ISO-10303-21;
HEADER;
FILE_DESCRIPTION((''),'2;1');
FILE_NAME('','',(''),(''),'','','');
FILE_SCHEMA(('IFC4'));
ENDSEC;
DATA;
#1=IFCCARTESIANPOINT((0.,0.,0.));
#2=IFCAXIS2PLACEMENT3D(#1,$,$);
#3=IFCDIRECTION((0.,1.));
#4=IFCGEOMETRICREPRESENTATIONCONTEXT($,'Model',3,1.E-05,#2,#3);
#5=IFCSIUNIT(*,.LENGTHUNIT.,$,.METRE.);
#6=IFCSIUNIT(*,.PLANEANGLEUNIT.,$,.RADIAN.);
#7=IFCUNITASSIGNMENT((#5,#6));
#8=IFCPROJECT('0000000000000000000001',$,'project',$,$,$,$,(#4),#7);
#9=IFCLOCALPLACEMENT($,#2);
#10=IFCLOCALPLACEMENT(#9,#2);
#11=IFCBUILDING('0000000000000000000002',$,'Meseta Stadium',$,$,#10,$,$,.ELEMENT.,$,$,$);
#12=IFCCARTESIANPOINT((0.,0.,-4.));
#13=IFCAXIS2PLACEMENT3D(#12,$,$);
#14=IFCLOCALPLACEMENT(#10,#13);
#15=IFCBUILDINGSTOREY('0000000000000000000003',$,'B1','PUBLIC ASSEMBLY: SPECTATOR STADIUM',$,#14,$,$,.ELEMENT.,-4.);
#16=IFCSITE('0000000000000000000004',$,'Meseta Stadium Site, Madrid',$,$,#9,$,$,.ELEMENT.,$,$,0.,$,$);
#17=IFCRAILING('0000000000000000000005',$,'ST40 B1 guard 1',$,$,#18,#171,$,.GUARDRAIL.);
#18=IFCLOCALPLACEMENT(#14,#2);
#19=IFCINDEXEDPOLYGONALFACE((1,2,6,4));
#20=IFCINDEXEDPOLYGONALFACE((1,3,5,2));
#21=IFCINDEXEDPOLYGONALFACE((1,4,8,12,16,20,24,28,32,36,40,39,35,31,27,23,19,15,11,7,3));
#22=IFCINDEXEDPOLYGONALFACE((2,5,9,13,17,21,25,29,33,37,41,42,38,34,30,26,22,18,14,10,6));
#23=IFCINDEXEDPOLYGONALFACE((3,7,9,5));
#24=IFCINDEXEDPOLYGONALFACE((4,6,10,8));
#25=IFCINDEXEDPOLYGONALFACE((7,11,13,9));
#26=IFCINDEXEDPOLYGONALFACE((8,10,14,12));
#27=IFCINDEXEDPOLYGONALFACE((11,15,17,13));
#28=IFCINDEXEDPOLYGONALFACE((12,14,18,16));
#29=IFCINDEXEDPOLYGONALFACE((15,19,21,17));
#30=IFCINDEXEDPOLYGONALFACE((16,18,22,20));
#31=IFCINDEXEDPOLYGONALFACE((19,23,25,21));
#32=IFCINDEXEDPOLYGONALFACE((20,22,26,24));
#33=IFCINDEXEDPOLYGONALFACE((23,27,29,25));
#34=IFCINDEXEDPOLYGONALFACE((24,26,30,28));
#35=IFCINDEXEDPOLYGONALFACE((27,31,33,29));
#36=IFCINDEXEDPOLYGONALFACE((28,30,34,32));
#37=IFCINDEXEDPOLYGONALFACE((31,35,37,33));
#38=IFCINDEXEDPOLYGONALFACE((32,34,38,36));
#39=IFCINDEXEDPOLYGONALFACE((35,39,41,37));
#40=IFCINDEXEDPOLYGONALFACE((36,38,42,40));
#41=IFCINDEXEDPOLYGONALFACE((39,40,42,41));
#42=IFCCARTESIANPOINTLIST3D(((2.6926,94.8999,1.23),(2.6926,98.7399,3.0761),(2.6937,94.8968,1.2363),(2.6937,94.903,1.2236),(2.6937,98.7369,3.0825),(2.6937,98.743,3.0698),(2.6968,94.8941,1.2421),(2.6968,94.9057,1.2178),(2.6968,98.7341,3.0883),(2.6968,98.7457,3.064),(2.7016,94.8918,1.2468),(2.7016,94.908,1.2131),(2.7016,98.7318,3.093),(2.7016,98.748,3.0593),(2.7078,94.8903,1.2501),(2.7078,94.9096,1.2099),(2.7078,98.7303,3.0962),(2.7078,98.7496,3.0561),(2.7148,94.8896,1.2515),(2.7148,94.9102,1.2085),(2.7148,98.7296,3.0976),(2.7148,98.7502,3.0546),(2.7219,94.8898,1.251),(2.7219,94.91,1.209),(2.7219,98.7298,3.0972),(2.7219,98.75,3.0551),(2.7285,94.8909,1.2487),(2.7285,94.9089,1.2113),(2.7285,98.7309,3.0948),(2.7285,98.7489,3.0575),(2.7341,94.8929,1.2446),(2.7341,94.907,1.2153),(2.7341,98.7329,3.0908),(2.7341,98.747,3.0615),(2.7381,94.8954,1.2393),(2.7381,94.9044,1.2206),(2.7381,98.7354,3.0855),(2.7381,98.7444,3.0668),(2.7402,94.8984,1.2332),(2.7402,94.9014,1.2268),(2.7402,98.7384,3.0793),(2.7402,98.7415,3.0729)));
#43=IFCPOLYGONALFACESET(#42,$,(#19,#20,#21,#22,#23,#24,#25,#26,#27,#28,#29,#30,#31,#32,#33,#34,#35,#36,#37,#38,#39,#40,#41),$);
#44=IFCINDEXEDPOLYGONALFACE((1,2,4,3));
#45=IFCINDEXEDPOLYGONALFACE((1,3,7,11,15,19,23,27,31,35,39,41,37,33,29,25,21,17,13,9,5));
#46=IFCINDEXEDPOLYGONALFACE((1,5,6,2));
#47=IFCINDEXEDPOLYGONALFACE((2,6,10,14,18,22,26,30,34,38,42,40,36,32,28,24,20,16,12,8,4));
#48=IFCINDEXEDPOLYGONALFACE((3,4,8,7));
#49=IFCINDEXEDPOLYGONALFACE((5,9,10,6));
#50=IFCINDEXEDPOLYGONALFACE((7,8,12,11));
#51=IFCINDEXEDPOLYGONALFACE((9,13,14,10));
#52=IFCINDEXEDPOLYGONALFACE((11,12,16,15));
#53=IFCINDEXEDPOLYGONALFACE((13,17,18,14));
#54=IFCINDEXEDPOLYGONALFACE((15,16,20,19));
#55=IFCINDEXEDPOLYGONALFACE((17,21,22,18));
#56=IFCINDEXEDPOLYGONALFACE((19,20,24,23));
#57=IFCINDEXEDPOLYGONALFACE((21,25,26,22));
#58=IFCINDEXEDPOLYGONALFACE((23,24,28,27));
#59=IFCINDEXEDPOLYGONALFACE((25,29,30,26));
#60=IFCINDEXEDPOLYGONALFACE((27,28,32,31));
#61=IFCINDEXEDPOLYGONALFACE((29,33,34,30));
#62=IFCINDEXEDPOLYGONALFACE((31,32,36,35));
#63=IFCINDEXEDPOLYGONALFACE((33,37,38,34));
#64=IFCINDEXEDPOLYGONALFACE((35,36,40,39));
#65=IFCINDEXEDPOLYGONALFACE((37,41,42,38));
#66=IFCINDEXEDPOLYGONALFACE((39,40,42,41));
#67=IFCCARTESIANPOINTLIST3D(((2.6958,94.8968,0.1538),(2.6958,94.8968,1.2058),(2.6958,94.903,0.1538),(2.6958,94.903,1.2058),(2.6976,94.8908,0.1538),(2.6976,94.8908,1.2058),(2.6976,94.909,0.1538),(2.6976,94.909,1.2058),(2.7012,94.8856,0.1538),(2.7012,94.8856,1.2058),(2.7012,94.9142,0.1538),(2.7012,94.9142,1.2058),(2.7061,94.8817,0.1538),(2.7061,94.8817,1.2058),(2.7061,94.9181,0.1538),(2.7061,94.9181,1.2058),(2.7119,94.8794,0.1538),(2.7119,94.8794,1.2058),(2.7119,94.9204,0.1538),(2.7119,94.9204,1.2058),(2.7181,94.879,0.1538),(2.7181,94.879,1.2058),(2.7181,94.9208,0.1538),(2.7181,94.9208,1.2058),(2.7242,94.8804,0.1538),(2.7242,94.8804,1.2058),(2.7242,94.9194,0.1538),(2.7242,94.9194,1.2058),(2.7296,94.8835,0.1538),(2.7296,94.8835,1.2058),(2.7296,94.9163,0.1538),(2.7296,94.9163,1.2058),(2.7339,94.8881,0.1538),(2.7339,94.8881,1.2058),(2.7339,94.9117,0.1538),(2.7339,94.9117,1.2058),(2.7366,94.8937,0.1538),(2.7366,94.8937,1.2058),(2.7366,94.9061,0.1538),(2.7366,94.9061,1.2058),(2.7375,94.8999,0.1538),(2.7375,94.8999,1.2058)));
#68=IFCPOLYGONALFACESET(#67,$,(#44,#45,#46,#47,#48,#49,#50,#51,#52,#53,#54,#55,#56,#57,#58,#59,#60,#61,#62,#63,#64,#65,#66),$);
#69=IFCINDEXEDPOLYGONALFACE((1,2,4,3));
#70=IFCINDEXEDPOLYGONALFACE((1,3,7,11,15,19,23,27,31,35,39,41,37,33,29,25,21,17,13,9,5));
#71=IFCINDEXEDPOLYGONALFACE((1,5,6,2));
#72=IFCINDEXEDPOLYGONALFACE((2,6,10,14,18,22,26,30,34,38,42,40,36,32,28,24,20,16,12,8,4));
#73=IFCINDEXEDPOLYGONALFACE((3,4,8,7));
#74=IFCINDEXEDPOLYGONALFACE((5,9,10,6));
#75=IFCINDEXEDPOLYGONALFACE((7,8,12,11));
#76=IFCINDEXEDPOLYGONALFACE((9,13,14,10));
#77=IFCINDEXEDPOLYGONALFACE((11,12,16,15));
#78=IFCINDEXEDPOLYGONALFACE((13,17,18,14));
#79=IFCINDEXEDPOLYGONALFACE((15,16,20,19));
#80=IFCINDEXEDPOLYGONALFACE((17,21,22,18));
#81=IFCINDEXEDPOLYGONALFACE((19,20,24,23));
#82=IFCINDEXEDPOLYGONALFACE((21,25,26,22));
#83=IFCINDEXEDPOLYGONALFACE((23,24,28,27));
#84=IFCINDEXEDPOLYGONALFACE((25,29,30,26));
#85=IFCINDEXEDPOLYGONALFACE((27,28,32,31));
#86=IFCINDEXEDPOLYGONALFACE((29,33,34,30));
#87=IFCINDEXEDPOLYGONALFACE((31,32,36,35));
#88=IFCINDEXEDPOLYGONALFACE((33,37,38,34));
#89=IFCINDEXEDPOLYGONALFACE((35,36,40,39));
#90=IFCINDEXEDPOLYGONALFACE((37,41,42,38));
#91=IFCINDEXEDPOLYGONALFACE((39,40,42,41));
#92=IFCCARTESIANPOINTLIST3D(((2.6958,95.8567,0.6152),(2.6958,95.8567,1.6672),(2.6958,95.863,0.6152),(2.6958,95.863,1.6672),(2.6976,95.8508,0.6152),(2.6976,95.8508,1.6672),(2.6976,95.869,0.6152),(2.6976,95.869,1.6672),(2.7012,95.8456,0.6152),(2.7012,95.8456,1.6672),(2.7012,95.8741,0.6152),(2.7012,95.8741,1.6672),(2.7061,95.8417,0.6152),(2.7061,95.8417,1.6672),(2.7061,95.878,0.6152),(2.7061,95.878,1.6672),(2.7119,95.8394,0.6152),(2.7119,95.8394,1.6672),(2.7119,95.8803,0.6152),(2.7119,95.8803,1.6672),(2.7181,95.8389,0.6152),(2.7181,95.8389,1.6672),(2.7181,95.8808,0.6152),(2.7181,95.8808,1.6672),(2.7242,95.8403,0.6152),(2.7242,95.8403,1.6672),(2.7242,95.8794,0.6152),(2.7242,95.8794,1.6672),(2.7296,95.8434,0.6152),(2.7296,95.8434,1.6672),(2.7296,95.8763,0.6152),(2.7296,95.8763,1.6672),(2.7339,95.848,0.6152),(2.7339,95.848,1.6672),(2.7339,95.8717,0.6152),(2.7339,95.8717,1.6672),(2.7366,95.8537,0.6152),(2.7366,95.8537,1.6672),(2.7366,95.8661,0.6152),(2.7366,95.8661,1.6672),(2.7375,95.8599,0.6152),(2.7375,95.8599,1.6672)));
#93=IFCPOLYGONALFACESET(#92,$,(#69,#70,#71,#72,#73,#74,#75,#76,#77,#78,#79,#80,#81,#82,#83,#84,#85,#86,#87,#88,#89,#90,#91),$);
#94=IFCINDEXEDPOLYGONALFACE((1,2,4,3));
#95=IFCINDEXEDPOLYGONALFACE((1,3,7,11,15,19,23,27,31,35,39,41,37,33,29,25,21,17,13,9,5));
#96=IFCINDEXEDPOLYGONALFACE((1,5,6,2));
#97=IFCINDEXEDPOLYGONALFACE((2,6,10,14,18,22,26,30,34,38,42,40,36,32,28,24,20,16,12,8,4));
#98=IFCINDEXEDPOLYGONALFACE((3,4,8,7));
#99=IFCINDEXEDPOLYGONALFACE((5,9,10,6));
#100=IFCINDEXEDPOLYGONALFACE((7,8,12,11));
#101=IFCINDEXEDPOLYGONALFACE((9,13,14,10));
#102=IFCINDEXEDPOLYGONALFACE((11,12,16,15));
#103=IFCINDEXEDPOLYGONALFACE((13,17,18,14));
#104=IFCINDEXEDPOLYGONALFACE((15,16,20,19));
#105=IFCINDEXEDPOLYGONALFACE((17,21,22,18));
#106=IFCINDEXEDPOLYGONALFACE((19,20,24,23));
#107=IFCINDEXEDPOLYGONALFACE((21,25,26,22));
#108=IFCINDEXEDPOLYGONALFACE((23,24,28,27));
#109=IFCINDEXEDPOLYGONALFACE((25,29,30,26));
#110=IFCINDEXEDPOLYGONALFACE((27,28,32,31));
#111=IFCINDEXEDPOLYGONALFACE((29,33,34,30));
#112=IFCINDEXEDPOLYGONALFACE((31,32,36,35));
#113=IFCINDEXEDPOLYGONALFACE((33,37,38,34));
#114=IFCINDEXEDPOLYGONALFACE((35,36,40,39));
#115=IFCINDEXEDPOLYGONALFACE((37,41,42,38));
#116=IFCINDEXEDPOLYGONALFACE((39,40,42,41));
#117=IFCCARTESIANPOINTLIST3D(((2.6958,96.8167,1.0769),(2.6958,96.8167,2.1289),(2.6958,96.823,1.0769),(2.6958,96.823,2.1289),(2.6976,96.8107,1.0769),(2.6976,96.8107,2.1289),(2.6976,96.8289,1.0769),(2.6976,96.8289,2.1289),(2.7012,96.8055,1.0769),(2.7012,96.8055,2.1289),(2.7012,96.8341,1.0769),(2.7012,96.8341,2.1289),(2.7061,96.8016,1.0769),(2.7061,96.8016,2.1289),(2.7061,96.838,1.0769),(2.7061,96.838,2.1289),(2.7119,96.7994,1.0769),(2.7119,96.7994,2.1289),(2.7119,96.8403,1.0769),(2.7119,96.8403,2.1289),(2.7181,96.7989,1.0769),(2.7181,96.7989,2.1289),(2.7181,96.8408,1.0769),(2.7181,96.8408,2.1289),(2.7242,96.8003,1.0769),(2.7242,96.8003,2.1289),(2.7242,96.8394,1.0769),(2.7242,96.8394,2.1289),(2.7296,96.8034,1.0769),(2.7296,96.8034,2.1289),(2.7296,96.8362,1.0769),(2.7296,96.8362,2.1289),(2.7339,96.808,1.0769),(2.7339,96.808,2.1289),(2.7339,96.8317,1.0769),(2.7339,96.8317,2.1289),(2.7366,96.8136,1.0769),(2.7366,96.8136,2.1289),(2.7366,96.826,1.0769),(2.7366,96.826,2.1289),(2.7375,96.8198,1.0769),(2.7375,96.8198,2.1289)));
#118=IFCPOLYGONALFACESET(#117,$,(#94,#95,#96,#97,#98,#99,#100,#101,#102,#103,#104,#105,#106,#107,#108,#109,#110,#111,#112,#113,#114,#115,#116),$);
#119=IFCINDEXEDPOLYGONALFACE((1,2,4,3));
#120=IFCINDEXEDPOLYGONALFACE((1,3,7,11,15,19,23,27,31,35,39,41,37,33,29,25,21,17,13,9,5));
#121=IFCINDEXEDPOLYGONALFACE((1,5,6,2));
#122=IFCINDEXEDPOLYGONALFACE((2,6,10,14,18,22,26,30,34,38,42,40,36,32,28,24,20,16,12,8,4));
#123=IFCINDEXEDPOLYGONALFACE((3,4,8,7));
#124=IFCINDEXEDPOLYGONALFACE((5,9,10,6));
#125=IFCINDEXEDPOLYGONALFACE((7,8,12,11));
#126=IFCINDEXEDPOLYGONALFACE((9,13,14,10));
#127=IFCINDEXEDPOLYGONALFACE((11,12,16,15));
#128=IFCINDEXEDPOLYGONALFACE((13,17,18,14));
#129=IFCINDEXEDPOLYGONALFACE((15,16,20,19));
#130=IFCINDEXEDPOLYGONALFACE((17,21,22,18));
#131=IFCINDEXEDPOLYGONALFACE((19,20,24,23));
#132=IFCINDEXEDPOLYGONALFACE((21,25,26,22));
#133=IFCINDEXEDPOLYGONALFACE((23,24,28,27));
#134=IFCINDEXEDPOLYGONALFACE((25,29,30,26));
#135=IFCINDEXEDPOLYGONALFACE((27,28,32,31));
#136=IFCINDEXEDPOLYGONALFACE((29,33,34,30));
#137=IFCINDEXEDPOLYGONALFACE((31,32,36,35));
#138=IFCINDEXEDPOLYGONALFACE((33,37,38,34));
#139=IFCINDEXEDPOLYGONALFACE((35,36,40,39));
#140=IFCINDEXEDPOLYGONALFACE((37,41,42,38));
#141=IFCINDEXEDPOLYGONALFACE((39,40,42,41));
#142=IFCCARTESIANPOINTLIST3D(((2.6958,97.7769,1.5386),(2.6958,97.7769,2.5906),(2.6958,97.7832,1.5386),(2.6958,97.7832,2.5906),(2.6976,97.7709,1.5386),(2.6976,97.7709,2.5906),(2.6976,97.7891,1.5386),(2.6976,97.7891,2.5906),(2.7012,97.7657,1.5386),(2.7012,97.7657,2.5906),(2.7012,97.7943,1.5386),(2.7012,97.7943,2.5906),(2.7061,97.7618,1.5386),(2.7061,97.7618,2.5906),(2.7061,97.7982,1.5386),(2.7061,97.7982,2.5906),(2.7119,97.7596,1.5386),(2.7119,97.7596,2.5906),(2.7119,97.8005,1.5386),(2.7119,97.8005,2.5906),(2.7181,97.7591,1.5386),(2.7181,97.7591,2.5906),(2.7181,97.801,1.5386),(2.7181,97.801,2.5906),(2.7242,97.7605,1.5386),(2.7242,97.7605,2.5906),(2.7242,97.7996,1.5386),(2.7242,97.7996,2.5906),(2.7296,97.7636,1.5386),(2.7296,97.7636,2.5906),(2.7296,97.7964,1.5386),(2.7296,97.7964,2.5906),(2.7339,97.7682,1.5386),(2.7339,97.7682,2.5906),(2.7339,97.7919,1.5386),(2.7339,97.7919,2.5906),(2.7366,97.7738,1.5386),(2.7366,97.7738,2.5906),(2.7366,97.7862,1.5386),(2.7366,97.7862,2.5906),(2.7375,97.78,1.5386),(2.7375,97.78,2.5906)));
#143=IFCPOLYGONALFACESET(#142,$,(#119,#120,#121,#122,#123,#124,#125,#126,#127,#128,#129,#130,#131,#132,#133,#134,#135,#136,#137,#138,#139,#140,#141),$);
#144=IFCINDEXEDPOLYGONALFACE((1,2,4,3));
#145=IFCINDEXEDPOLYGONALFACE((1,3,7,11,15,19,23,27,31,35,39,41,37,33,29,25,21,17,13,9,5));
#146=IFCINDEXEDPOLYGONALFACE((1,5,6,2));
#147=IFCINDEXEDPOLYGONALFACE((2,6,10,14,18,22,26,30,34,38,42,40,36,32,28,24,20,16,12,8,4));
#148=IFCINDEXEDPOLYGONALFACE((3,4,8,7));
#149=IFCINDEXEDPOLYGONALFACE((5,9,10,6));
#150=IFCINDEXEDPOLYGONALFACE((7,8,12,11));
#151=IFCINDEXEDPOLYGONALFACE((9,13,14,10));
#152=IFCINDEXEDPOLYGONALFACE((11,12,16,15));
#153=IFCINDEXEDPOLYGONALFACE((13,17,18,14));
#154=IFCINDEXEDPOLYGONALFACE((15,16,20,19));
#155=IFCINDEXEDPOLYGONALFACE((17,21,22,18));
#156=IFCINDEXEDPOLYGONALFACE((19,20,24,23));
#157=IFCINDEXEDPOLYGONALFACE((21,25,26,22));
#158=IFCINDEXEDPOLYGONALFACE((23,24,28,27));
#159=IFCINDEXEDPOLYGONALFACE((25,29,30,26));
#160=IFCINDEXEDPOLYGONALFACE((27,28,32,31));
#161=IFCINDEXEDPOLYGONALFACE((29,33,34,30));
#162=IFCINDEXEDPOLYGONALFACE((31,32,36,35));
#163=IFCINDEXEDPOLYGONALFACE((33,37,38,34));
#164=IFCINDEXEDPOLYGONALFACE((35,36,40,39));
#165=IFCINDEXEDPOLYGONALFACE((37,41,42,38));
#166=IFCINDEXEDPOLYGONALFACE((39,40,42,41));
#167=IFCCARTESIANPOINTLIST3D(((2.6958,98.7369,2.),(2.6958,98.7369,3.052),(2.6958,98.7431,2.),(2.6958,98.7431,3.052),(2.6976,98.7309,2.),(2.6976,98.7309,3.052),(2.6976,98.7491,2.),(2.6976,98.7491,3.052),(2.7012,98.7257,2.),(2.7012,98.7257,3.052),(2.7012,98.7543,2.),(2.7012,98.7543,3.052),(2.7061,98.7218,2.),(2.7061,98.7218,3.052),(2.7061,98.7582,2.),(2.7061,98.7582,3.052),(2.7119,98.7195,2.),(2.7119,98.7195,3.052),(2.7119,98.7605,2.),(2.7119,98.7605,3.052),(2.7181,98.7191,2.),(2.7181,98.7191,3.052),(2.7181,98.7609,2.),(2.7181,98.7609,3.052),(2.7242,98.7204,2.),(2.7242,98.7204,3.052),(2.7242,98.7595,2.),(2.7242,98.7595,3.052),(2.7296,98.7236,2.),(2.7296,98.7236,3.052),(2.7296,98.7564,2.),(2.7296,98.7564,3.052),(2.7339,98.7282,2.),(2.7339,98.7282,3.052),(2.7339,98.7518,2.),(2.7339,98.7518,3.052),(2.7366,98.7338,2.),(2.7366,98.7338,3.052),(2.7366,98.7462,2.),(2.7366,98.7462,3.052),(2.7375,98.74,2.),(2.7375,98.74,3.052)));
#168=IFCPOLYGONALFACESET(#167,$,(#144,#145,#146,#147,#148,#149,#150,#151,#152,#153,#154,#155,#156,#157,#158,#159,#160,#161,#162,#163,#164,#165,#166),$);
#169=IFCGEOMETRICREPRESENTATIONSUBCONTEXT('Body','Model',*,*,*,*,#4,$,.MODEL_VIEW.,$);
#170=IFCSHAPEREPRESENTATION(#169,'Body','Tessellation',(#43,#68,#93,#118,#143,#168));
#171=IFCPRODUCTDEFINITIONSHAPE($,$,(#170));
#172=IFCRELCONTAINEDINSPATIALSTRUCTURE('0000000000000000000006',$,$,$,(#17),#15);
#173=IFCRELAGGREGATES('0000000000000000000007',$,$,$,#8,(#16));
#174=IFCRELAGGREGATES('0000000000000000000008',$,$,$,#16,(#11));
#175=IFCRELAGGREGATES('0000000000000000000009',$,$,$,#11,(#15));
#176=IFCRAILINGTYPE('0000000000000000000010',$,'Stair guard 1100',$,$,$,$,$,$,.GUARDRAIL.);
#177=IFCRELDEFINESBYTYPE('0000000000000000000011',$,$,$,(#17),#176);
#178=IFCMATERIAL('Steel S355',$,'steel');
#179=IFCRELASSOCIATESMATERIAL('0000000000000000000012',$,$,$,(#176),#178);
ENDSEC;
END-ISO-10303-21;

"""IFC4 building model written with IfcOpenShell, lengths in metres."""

from ifc_helpers import new_model, si_unit, direction, frame, origin, origin_2d, place, context, subcontext, project, spatial, circle, extrude, material, type_object, element, save


model = new_model("IFC4")

# Units and contexts
model_context = context("Model", 3, precision=1e-05, world=origin(), true_north=direction((0.0, 1.0)))
body_context = subcontext(model_context, "Body", "Model", "MODEL_VIEW")
ifc_project = project(units=[si_unit("LENGTHUNIT", "METRE"), si_unit("PLANEANGLEUNIT", "RADIAN")], contexts=[model_context])

# Site, building, storey
site_placement = place(None, origin())
site = spatial("IfcSite", under=ifc_project, at=site_placement, Name="Meseta Stadium Site, Madrid", CompositionType="ELEMENT", RefElevation=0.0)
building_placement = place(site_placement, origin())
building = spatial("IfcBuilding", under=site, at=building_placement, Name="Meseta Stadium", CompositionType="ELEMENT")
storey_placement = place(building_placement, frame((0.0, 0.0, -4.0)))
storey = spatial("IfcBuildingStorey", under=building, at=storey_placement, Name="B1", Description="PUBLIC ASSEMBLY: SPECTATOR STADIUM", CompositionType="ELEMENT", Elevation=-4.0)

# Railing
ifc_material_1 = material(Name="Steel S355", Category="steel")
railing_type_1 = type_object("IfcRailingType", Name="Stair guard 1100", PredefinedType="GUARDRAIL", material=ifc_material_1)
railing_1_placement = place(storey_placement, frame((2.7166, 94.8999, 0.1538)))
element("IfcRailing", 1, at=railing_1_placement, inside=storey, type_object=railing_type_1, Name="ST40 B1 guard 1", PredefinedType="GUARDRAIL", context=body_context, shape_type="SweptSolid", body=[
    extrude(circle(Radius=0.0239, at=origin_2d()), frame((0.0, 0.0, 1.0762), z_axis=(0.0, 0.901253, 0.433294), x_axis=(-1.0, 0.0, 0.0)), (0.0, 0.0, 1.0), 4.2607),
    extrude(circle(Radius=0.021, at=origin_2d()), origin(), (0.0, 0.0, 1.0), 1.052),
    extrude(circle(Radius=0.021, at=origin_2d()), frame((0.0, 0.96, 0.4614)), (0.0, 0.0, 1.0), 1.052),
    extrude(circle(Radius=0.021, at=origin_2d()), frame((0.0, 1.9199, 0.9231)), (0.0, 0.0, 1.0), 1.052),
    extrude(circle(Radius=0.021, at=origin_2d()), frame((0.0, 2.8801, 1.3848)), (0.0, 0.0, 1.0), 1.052),
    extrude(circle(Radius=0.021, at=origin_2d()), frame((0.0, 3.8401, 1.8462)), (0.0, 0.0, 1.0), 1.052),
])

save(model, "model.ifc")
